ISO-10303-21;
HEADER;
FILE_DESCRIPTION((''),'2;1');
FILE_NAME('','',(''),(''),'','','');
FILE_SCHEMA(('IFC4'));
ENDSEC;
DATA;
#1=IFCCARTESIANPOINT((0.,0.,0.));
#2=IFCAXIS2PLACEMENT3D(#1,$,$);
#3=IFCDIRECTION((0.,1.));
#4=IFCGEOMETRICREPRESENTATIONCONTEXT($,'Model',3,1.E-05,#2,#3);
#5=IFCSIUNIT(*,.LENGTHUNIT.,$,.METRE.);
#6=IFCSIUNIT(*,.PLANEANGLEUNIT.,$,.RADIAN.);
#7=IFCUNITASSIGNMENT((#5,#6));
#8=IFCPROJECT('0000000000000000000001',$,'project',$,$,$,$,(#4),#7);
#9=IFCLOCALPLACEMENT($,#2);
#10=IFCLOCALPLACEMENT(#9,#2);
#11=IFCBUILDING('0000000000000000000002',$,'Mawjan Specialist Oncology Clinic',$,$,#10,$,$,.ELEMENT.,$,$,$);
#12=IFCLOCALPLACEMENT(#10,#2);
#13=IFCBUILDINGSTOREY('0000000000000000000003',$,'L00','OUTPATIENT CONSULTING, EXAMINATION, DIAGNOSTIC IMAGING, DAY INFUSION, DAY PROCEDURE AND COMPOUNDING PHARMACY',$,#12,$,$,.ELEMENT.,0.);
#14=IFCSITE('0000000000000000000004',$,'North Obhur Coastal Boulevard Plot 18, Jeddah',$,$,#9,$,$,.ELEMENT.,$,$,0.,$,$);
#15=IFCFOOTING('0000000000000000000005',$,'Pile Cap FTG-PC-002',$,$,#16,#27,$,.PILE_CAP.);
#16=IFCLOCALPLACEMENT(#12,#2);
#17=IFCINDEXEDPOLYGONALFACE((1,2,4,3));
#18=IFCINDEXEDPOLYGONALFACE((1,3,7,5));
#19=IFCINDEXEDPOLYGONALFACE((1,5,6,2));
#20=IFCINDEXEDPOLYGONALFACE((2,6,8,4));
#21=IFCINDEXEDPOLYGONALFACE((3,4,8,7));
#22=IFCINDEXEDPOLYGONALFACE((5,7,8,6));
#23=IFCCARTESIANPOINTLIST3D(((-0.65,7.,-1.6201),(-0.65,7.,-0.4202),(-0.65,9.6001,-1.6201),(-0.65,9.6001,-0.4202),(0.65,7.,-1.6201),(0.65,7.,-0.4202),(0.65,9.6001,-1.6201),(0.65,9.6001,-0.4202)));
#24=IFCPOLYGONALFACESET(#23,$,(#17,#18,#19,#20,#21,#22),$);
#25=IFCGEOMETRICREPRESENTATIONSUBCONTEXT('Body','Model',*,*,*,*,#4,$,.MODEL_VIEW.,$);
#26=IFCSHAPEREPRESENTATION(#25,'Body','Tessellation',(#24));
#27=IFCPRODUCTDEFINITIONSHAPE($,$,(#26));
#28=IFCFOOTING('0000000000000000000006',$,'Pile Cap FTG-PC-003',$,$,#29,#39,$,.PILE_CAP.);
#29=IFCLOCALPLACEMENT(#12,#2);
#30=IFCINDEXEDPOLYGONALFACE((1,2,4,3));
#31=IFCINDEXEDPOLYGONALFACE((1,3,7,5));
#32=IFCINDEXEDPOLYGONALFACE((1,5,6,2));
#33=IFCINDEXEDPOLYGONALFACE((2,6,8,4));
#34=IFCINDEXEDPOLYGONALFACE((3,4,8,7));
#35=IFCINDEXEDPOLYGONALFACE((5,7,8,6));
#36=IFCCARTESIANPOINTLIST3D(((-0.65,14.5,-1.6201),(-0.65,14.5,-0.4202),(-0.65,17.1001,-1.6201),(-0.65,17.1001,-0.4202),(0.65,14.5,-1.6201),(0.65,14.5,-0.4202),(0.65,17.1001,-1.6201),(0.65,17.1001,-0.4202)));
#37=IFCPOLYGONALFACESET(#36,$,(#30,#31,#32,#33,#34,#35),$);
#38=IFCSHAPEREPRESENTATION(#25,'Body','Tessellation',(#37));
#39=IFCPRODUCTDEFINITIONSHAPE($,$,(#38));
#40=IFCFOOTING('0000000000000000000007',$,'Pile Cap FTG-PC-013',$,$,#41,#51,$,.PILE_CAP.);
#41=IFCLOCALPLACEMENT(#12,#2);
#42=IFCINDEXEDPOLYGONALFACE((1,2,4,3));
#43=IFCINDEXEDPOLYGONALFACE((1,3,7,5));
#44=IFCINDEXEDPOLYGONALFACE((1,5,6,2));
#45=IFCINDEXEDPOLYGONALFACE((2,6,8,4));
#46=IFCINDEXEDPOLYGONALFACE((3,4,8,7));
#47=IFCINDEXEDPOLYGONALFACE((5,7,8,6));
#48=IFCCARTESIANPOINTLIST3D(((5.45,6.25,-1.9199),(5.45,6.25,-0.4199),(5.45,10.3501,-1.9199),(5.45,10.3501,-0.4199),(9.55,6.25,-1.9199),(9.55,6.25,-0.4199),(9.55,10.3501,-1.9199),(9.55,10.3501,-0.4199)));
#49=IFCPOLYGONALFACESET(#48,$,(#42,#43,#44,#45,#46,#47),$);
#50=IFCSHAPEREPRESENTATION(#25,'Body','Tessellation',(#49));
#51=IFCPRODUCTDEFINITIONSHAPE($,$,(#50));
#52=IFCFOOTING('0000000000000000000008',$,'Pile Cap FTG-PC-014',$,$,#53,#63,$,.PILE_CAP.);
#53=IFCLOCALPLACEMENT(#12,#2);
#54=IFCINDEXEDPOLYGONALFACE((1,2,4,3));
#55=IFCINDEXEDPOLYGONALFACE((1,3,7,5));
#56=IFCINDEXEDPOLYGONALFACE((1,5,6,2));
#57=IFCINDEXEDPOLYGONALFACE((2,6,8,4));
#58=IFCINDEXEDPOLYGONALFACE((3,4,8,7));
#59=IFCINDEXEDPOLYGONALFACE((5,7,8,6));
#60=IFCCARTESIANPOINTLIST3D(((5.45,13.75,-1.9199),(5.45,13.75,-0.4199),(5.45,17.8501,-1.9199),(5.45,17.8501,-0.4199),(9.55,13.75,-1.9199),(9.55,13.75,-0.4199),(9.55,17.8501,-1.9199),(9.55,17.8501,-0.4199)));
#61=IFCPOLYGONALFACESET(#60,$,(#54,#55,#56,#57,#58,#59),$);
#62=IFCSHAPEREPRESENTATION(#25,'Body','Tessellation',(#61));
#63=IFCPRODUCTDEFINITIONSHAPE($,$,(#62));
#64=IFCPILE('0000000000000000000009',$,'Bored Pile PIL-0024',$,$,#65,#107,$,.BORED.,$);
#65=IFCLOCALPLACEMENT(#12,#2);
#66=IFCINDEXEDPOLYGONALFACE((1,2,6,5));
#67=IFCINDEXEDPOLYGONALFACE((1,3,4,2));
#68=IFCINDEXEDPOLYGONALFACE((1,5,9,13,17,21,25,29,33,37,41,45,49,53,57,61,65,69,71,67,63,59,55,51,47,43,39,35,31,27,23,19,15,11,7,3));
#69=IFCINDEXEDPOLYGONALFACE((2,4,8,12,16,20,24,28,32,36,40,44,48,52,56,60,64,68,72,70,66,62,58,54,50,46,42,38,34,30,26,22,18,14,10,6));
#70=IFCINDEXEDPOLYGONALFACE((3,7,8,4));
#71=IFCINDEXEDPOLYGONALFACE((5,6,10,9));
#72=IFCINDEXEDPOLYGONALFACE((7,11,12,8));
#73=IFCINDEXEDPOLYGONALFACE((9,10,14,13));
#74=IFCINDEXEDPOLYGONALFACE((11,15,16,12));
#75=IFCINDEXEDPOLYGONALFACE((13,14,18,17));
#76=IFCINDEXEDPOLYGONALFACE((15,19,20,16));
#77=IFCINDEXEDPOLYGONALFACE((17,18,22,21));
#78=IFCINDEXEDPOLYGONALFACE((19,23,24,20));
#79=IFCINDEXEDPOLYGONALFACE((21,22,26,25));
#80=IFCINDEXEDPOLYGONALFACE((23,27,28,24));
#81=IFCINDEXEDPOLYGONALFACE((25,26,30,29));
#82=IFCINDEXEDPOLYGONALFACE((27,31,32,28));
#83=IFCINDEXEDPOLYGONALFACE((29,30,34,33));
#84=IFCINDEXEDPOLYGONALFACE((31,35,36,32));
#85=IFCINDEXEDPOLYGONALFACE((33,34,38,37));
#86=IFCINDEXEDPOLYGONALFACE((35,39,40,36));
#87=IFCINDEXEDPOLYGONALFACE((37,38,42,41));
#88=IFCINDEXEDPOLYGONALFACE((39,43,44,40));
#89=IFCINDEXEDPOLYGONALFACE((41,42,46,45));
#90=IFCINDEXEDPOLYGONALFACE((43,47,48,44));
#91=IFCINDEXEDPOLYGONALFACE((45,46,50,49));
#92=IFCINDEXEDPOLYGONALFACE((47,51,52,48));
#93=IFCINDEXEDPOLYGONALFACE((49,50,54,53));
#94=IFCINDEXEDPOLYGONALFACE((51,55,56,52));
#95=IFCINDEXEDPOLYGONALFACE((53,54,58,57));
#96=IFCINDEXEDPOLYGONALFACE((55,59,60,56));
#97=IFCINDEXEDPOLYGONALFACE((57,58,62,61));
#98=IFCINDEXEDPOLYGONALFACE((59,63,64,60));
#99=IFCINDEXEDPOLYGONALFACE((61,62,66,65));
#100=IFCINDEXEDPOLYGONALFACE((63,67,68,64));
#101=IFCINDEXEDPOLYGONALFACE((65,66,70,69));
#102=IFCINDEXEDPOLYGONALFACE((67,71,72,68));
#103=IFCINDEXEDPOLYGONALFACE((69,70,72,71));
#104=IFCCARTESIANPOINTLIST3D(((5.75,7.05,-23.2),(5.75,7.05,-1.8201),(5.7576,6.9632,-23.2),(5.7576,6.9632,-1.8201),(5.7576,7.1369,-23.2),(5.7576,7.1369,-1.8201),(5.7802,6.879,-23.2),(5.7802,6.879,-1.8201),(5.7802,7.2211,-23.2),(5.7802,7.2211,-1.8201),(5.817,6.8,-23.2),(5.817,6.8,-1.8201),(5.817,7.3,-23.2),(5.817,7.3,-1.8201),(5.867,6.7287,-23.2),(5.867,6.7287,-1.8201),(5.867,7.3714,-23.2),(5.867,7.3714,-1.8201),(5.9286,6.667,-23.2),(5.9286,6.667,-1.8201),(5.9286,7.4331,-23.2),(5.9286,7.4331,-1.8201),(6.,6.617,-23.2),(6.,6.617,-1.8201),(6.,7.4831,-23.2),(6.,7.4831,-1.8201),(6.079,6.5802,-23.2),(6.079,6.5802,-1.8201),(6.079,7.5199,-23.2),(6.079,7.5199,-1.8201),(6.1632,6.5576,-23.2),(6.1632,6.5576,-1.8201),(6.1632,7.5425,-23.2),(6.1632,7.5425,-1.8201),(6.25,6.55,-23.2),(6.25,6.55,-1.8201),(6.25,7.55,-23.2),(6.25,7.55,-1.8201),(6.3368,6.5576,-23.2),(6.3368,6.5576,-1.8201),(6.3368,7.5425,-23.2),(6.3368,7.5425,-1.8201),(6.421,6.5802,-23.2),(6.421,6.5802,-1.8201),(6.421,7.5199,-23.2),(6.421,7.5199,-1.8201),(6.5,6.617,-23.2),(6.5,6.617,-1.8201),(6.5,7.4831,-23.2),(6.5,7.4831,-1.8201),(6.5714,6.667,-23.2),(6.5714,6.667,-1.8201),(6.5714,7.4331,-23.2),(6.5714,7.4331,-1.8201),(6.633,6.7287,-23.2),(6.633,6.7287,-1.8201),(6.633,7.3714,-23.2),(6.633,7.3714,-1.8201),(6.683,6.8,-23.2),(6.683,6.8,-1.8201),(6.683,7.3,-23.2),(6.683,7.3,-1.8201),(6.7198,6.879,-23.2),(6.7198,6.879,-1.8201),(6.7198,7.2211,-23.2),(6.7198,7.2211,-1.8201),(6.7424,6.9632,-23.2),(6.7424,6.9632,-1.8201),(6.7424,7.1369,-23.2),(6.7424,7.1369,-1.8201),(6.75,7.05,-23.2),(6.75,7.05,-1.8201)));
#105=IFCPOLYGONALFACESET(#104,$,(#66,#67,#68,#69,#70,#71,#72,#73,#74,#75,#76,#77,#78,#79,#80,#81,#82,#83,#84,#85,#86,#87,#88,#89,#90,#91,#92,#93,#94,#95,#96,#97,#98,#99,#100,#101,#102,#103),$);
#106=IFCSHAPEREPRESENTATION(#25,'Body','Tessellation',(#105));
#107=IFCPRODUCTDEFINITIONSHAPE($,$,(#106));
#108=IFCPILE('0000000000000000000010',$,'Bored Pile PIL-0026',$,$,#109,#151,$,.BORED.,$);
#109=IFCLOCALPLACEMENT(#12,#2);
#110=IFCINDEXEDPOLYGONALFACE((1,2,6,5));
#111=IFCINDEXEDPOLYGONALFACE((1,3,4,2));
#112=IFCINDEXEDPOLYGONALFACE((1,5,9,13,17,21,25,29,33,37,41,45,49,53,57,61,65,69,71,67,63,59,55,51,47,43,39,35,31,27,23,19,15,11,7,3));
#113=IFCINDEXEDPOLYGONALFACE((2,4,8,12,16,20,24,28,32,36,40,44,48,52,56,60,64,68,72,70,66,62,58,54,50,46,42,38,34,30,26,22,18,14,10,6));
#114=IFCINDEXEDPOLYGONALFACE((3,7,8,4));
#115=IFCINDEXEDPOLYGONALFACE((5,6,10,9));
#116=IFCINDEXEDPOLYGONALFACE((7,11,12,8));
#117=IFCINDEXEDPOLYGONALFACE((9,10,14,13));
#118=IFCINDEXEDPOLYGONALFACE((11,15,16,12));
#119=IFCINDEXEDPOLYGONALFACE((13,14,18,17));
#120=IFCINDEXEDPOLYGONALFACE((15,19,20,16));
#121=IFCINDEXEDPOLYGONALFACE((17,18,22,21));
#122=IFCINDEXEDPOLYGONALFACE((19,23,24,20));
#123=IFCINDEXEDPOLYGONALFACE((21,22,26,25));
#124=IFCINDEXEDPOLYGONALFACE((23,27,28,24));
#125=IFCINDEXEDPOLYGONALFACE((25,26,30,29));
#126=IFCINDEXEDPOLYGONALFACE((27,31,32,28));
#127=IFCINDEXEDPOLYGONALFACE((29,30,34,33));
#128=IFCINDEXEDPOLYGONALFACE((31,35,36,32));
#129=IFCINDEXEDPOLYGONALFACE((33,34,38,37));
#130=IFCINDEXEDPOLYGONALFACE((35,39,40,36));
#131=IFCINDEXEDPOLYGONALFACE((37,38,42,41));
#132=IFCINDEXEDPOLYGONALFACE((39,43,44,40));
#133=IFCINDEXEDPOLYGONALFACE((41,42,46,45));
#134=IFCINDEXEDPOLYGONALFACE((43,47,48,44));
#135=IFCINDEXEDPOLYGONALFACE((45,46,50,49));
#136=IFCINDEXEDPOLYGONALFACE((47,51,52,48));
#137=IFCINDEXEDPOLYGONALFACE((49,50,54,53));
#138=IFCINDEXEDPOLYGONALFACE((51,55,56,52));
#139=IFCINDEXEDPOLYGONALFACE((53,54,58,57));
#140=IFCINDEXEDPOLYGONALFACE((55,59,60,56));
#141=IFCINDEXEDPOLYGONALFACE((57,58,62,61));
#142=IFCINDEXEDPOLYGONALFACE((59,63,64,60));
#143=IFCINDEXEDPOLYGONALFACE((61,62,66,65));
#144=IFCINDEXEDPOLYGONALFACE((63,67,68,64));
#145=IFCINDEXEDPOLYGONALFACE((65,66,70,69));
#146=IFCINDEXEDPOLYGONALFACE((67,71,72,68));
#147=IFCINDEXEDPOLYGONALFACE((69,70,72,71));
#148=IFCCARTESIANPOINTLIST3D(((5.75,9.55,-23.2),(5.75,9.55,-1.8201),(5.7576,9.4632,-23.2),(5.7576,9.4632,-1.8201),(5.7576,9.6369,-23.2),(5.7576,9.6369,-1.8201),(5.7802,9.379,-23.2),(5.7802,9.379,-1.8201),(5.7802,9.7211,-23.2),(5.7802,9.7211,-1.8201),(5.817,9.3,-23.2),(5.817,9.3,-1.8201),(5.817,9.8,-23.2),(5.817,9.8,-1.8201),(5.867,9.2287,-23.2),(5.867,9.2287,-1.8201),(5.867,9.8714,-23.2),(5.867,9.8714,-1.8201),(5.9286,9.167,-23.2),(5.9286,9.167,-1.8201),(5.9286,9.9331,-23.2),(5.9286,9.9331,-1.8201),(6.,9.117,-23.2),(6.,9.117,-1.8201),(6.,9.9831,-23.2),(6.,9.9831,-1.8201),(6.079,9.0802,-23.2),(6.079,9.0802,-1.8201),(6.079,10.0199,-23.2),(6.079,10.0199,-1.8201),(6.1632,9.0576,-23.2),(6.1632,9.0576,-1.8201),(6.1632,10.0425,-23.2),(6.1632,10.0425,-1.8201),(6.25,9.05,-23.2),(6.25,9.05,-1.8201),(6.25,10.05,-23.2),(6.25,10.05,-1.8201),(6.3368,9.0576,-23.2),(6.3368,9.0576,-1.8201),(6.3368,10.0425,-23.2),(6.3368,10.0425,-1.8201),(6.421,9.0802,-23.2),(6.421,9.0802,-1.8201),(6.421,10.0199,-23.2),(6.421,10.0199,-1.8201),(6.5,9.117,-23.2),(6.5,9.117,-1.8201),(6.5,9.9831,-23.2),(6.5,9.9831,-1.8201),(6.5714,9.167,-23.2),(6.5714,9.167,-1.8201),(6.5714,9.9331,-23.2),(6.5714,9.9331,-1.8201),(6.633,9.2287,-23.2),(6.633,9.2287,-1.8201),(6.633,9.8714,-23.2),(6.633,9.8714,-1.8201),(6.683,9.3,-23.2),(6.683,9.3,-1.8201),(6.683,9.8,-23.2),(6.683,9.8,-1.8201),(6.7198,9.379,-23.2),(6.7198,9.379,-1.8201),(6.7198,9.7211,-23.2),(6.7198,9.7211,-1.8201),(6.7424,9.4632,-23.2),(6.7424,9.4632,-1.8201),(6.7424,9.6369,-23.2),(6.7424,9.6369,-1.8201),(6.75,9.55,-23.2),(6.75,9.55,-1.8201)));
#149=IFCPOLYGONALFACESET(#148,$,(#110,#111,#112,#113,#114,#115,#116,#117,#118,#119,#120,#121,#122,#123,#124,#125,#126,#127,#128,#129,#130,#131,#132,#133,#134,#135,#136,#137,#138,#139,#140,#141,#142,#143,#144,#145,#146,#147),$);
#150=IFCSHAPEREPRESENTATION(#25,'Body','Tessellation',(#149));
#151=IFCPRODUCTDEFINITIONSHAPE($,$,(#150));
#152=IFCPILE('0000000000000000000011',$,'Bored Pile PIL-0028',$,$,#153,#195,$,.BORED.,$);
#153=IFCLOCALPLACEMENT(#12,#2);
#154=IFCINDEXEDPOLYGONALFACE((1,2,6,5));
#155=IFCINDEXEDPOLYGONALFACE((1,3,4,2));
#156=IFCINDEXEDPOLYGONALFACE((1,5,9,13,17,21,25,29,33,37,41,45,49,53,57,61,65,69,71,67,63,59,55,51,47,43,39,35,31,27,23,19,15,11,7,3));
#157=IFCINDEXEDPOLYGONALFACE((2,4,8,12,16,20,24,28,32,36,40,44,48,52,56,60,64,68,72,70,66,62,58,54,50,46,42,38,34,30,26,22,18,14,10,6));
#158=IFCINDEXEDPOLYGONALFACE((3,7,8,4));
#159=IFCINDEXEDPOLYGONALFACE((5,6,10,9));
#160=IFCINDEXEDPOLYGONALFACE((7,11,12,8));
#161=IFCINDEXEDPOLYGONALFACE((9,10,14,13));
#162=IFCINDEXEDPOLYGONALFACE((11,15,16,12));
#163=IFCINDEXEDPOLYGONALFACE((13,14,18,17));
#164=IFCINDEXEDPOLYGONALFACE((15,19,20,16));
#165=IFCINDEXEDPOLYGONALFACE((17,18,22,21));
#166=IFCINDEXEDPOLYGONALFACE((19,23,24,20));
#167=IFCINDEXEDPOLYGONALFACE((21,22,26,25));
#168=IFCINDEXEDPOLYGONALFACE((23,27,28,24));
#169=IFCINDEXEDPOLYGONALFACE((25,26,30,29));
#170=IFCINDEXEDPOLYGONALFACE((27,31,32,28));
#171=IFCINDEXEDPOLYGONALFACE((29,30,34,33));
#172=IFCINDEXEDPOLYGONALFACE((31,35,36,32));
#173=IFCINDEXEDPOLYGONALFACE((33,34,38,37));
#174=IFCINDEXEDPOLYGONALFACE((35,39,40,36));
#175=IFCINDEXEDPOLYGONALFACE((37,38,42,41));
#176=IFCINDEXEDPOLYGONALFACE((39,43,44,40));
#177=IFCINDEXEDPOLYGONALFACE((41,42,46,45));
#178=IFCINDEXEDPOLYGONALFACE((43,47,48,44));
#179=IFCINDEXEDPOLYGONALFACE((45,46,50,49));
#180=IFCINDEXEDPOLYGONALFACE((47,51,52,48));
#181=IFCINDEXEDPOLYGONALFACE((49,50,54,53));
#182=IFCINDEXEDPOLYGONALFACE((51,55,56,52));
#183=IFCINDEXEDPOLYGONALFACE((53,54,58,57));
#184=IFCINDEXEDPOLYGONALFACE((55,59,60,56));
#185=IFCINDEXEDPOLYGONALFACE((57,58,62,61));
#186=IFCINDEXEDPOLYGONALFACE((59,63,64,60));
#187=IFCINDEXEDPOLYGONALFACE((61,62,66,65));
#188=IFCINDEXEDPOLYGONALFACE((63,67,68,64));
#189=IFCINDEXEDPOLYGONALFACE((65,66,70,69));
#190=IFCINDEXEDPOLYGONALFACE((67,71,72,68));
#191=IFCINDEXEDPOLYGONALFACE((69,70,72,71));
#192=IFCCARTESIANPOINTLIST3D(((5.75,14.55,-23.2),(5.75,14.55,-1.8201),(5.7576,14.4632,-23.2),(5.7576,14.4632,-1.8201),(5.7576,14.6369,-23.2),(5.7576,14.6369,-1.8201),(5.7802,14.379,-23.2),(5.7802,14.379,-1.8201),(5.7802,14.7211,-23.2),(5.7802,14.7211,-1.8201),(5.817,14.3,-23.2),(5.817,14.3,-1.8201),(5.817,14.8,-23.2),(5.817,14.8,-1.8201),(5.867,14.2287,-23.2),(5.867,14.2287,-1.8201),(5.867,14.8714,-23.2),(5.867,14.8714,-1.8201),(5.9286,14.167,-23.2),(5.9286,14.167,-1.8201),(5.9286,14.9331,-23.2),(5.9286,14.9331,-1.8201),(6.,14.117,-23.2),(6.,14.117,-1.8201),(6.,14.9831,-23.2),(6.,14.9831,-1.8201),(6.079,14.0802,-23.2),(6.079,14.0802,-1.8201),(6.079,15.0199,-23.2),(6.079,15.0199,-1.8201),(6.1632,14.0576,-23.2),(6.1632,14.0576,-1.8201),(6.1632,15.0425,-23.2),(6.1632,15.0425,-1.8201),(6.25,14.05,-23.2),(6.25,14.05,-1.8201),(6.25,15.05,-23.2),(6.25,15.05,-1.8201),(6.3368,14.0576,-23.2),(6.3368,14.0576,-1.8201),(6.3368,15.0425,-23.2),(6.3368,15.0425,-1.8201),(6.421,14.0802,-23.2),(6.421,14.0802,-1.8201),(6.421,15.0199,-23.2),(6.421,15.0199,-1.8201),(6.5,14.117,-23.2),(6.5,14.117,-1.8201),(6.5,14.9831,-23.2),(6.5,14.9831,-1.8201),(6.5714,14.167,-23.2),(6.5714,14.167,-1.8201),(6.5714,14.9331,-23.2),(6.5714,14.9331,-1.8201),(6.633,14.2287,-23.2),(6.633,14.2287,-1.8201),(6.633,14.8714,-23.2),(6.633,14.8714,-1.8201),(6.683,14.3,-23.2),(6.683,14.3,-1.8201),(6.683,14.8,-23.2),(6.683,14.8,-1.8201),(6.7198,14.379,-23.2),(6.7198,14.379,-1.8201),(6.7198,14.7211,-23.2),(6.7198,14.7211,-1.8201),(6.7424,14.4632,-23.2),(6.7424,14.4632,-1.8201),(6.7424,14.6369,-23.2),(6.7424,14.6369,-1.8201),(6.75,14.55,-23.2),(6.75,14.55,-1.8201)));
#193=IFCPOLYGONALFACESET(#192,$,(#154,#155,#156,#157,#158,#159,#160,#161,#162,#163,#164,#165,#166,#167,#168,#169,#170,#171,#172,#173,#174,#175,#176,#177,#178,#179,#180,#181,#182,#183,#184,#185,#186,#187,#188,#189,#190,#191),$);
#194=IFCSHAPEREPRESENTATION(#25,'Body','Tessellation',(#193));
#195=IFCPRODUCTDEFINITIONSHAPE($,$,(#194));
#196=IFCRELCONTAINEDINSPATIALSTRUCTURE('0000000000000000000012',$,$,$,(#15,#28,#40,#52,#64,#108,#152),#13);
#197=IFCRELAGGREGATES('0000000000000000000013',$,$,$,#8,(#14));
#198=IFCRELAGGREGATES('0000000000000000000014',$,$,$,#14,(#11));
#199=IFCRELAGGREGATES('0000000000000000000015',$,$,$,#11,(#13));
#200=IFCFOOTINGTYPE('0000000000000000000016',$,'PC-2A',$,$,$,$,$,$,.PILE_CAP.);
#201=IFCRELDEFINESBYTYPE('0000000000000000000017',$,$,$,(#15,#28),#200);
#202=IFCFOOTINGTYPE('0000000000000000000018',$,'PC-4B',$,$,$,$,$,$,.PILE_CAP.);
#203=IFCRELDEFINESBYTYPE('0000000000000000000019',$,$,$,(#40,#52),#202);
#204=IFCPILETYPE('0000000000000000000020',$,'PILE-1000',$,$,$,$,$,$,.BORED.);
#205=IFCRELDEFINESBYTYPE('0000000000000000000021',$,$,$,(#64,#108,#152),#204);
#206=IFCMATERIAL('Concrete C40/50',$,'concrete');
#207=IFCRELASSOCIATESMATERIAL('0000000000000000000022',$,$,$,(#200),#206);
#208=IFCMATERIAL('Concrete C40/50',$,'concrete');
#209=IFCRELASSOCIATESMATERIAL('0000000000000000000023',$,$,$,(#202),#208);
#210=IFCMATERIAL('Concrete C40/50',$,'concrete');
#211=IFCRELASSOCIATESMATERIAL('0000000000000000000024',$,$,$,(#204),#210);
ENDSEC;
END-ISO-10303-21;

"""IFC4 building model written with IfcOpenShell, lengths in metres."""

from ifc_helpers import new_model, si_unit, direction, frame, origin, origin_2d, place, context, subcontext, project, spatial, rectangle, circle, extrude, material, material_profile, profile_set, type_object, element, save


model = new_model("IFC4")

# Units and contexts
model_context = context("Model", 3, precision=1e-05, world=origin(), true_north=direction((0.0, 1.0)))
body_context = subcontext(model_context, "Body", "Model", "MODEL_VIEW")
ifc_project = project(units=[si_unit("LENGTHUNIT", "METRE"), si_unit("PLANEANGLEUNIT", "RADIAN")], contexts=[model_context])

# Site, building, storey
site_placement = place(None, origin())
site = spatial("IfcSite", under=ifc_project, at=site_placement, Name="North Obhur Coastal Boulevard Plot 18, Jeddah", CompositionType="ELEMENT", RefElevation=0.0)
building_placement = place(site_placement, origin())
building = spatial("IfcBuilding", under=site, at=building_placement, Name="Mawjan Specialist Oncology Clinic", CompositionType="ELEMENT")
storey_placement = place(building_placement, origin())
storey = spatial("IfcBuildingStorey", under=building, at=storey_placement, Name="L00", Description="OUTPATIENT CONSULTING, EXAMINATION, DIAGNOSTIC IMAGING, DAY INFUSION, DAY PROCEDURE AND COMPOUNDING PHARMACY", CompositionType="ELEMENT", Elevation=0.0)

# Footings
ifc_material_1 = material(Name="Concrete C40/50", Category="concrete")
footing_type_1 = type_object("IfcFootingType", Name="PC-2A", PredefinedType="PILE_CAP", material=ifc_material_1)
for number, where, z_axis, x_axis, name in (
    (1, (0.0, 8.3, -1.6201), (0.0, 0.0, 1.0), (0.0, 1.0, 0.0), "Pile Cap FTG-PC-002"),
    (2, (0.0, 15.8, -1.6201), (0.0, 0.0, 1.0), (0.0, 1.0, 0.0), "Pile Cap FTG-PC-003"),
):
    element("IfcFooting", number, at=place(storey_placement, frame(where, z_axis=z_axis, x_axis=x_axis)), inside=storey, type_object=footing_type_1, Name=name, PredefinedType="PILE_CAP", context=body_context, shape_type="SweptSolid", body=[
        extrude(rectangle(XDim=2.6001, YDim=1.3, at=origin_2d()), origin(), (0.0, 0.0, 1.0), 1.2),
    ])
ifc_material_2 = material(Name="Concrete C40/50", Category="concrete")
footing_type_2 = type_object("IfcFootingType", Name="PC-4B", PredefinedType="PILE_CAP", material=ifc_material_2)
for number, where, z_axis, x_axis, name in (
    (3, (7.5, 8.3, -1.9199), (0.0, 0.0, 1.0), (1.0, 0.0, 0.0), "Pile Cap FTG-PC-013"),
    (4, (7.5, 15.8, -1.9199), (0.0, 0.0, 1.0), (1.0, 0.0, 0.0), "Pile Cap FTG-PC-014"),
):
    element("IfcFooting", number, at=place(storey_placement, frame(where, z_axis=z_axis, x_axis=x_axis)), inside=storey, type_object=footing_type_2, Name=name, PredefinedType="PILE_CAP", context=body_context, shape_type="SweptSolid", body=[
        extrude(rectangle(XDim=4.1001, YDim=4.1001, at=origin_2d()), origin(), (0.0, 0.0, 1.0), 1.5),
    ])

# Piles
ifc_material_3 = material(Name="Concrete C40/50", Category="concrete")
ifc_material_profile_1 = material_profile(ifc_material_3, circle(Radius=0.5, at=origin_2d()), Name="BORED PILE D1000", Category="concrete")
ifc_profile_set_1 = profile_set([ifc_material_profile_1], Name="Concrete C40/50")
pile_type_1 = type_object("IfcPileType", Name="PILE-1000", PredefinedType="BORED", material=ifc_profile_set_1)
for number, where, z_axis, x_axis, name in (
    (5, (6.25, 7.05, -1.8201), (0.0, 0.0, -1.0), (1.0, 0.0, 0.0), "Bored Pile PIL-0024"),
    (6, (6.25, 9.55, -1.8201), (0.0, 0.0, -1.0), (1.0, 0.0, 0.0), "Bored Pile PIL-0026"),
    (7, (6.25, 14.55, -1.8201), (0.0, 0.0, -1.0), (1.0, 0.0, 0.0), "Bored Pile PIL-0028"),
):
    element("IfcPile", number, at=place(storey_placement, frame(where, z_axis=z_axis, x_axis=x_axis)), inside=storey, type_object=pile_type_1, Name=name, PredefinedType="BORED", context=body_context, shape_type="SweptSolid", body=[
        extrude(circle(Radius=0.5, at=origin_2d()), origin(), (0.0, 0.0, 1.0), 21.3799),
    ])

save(model, "model.ifc")
